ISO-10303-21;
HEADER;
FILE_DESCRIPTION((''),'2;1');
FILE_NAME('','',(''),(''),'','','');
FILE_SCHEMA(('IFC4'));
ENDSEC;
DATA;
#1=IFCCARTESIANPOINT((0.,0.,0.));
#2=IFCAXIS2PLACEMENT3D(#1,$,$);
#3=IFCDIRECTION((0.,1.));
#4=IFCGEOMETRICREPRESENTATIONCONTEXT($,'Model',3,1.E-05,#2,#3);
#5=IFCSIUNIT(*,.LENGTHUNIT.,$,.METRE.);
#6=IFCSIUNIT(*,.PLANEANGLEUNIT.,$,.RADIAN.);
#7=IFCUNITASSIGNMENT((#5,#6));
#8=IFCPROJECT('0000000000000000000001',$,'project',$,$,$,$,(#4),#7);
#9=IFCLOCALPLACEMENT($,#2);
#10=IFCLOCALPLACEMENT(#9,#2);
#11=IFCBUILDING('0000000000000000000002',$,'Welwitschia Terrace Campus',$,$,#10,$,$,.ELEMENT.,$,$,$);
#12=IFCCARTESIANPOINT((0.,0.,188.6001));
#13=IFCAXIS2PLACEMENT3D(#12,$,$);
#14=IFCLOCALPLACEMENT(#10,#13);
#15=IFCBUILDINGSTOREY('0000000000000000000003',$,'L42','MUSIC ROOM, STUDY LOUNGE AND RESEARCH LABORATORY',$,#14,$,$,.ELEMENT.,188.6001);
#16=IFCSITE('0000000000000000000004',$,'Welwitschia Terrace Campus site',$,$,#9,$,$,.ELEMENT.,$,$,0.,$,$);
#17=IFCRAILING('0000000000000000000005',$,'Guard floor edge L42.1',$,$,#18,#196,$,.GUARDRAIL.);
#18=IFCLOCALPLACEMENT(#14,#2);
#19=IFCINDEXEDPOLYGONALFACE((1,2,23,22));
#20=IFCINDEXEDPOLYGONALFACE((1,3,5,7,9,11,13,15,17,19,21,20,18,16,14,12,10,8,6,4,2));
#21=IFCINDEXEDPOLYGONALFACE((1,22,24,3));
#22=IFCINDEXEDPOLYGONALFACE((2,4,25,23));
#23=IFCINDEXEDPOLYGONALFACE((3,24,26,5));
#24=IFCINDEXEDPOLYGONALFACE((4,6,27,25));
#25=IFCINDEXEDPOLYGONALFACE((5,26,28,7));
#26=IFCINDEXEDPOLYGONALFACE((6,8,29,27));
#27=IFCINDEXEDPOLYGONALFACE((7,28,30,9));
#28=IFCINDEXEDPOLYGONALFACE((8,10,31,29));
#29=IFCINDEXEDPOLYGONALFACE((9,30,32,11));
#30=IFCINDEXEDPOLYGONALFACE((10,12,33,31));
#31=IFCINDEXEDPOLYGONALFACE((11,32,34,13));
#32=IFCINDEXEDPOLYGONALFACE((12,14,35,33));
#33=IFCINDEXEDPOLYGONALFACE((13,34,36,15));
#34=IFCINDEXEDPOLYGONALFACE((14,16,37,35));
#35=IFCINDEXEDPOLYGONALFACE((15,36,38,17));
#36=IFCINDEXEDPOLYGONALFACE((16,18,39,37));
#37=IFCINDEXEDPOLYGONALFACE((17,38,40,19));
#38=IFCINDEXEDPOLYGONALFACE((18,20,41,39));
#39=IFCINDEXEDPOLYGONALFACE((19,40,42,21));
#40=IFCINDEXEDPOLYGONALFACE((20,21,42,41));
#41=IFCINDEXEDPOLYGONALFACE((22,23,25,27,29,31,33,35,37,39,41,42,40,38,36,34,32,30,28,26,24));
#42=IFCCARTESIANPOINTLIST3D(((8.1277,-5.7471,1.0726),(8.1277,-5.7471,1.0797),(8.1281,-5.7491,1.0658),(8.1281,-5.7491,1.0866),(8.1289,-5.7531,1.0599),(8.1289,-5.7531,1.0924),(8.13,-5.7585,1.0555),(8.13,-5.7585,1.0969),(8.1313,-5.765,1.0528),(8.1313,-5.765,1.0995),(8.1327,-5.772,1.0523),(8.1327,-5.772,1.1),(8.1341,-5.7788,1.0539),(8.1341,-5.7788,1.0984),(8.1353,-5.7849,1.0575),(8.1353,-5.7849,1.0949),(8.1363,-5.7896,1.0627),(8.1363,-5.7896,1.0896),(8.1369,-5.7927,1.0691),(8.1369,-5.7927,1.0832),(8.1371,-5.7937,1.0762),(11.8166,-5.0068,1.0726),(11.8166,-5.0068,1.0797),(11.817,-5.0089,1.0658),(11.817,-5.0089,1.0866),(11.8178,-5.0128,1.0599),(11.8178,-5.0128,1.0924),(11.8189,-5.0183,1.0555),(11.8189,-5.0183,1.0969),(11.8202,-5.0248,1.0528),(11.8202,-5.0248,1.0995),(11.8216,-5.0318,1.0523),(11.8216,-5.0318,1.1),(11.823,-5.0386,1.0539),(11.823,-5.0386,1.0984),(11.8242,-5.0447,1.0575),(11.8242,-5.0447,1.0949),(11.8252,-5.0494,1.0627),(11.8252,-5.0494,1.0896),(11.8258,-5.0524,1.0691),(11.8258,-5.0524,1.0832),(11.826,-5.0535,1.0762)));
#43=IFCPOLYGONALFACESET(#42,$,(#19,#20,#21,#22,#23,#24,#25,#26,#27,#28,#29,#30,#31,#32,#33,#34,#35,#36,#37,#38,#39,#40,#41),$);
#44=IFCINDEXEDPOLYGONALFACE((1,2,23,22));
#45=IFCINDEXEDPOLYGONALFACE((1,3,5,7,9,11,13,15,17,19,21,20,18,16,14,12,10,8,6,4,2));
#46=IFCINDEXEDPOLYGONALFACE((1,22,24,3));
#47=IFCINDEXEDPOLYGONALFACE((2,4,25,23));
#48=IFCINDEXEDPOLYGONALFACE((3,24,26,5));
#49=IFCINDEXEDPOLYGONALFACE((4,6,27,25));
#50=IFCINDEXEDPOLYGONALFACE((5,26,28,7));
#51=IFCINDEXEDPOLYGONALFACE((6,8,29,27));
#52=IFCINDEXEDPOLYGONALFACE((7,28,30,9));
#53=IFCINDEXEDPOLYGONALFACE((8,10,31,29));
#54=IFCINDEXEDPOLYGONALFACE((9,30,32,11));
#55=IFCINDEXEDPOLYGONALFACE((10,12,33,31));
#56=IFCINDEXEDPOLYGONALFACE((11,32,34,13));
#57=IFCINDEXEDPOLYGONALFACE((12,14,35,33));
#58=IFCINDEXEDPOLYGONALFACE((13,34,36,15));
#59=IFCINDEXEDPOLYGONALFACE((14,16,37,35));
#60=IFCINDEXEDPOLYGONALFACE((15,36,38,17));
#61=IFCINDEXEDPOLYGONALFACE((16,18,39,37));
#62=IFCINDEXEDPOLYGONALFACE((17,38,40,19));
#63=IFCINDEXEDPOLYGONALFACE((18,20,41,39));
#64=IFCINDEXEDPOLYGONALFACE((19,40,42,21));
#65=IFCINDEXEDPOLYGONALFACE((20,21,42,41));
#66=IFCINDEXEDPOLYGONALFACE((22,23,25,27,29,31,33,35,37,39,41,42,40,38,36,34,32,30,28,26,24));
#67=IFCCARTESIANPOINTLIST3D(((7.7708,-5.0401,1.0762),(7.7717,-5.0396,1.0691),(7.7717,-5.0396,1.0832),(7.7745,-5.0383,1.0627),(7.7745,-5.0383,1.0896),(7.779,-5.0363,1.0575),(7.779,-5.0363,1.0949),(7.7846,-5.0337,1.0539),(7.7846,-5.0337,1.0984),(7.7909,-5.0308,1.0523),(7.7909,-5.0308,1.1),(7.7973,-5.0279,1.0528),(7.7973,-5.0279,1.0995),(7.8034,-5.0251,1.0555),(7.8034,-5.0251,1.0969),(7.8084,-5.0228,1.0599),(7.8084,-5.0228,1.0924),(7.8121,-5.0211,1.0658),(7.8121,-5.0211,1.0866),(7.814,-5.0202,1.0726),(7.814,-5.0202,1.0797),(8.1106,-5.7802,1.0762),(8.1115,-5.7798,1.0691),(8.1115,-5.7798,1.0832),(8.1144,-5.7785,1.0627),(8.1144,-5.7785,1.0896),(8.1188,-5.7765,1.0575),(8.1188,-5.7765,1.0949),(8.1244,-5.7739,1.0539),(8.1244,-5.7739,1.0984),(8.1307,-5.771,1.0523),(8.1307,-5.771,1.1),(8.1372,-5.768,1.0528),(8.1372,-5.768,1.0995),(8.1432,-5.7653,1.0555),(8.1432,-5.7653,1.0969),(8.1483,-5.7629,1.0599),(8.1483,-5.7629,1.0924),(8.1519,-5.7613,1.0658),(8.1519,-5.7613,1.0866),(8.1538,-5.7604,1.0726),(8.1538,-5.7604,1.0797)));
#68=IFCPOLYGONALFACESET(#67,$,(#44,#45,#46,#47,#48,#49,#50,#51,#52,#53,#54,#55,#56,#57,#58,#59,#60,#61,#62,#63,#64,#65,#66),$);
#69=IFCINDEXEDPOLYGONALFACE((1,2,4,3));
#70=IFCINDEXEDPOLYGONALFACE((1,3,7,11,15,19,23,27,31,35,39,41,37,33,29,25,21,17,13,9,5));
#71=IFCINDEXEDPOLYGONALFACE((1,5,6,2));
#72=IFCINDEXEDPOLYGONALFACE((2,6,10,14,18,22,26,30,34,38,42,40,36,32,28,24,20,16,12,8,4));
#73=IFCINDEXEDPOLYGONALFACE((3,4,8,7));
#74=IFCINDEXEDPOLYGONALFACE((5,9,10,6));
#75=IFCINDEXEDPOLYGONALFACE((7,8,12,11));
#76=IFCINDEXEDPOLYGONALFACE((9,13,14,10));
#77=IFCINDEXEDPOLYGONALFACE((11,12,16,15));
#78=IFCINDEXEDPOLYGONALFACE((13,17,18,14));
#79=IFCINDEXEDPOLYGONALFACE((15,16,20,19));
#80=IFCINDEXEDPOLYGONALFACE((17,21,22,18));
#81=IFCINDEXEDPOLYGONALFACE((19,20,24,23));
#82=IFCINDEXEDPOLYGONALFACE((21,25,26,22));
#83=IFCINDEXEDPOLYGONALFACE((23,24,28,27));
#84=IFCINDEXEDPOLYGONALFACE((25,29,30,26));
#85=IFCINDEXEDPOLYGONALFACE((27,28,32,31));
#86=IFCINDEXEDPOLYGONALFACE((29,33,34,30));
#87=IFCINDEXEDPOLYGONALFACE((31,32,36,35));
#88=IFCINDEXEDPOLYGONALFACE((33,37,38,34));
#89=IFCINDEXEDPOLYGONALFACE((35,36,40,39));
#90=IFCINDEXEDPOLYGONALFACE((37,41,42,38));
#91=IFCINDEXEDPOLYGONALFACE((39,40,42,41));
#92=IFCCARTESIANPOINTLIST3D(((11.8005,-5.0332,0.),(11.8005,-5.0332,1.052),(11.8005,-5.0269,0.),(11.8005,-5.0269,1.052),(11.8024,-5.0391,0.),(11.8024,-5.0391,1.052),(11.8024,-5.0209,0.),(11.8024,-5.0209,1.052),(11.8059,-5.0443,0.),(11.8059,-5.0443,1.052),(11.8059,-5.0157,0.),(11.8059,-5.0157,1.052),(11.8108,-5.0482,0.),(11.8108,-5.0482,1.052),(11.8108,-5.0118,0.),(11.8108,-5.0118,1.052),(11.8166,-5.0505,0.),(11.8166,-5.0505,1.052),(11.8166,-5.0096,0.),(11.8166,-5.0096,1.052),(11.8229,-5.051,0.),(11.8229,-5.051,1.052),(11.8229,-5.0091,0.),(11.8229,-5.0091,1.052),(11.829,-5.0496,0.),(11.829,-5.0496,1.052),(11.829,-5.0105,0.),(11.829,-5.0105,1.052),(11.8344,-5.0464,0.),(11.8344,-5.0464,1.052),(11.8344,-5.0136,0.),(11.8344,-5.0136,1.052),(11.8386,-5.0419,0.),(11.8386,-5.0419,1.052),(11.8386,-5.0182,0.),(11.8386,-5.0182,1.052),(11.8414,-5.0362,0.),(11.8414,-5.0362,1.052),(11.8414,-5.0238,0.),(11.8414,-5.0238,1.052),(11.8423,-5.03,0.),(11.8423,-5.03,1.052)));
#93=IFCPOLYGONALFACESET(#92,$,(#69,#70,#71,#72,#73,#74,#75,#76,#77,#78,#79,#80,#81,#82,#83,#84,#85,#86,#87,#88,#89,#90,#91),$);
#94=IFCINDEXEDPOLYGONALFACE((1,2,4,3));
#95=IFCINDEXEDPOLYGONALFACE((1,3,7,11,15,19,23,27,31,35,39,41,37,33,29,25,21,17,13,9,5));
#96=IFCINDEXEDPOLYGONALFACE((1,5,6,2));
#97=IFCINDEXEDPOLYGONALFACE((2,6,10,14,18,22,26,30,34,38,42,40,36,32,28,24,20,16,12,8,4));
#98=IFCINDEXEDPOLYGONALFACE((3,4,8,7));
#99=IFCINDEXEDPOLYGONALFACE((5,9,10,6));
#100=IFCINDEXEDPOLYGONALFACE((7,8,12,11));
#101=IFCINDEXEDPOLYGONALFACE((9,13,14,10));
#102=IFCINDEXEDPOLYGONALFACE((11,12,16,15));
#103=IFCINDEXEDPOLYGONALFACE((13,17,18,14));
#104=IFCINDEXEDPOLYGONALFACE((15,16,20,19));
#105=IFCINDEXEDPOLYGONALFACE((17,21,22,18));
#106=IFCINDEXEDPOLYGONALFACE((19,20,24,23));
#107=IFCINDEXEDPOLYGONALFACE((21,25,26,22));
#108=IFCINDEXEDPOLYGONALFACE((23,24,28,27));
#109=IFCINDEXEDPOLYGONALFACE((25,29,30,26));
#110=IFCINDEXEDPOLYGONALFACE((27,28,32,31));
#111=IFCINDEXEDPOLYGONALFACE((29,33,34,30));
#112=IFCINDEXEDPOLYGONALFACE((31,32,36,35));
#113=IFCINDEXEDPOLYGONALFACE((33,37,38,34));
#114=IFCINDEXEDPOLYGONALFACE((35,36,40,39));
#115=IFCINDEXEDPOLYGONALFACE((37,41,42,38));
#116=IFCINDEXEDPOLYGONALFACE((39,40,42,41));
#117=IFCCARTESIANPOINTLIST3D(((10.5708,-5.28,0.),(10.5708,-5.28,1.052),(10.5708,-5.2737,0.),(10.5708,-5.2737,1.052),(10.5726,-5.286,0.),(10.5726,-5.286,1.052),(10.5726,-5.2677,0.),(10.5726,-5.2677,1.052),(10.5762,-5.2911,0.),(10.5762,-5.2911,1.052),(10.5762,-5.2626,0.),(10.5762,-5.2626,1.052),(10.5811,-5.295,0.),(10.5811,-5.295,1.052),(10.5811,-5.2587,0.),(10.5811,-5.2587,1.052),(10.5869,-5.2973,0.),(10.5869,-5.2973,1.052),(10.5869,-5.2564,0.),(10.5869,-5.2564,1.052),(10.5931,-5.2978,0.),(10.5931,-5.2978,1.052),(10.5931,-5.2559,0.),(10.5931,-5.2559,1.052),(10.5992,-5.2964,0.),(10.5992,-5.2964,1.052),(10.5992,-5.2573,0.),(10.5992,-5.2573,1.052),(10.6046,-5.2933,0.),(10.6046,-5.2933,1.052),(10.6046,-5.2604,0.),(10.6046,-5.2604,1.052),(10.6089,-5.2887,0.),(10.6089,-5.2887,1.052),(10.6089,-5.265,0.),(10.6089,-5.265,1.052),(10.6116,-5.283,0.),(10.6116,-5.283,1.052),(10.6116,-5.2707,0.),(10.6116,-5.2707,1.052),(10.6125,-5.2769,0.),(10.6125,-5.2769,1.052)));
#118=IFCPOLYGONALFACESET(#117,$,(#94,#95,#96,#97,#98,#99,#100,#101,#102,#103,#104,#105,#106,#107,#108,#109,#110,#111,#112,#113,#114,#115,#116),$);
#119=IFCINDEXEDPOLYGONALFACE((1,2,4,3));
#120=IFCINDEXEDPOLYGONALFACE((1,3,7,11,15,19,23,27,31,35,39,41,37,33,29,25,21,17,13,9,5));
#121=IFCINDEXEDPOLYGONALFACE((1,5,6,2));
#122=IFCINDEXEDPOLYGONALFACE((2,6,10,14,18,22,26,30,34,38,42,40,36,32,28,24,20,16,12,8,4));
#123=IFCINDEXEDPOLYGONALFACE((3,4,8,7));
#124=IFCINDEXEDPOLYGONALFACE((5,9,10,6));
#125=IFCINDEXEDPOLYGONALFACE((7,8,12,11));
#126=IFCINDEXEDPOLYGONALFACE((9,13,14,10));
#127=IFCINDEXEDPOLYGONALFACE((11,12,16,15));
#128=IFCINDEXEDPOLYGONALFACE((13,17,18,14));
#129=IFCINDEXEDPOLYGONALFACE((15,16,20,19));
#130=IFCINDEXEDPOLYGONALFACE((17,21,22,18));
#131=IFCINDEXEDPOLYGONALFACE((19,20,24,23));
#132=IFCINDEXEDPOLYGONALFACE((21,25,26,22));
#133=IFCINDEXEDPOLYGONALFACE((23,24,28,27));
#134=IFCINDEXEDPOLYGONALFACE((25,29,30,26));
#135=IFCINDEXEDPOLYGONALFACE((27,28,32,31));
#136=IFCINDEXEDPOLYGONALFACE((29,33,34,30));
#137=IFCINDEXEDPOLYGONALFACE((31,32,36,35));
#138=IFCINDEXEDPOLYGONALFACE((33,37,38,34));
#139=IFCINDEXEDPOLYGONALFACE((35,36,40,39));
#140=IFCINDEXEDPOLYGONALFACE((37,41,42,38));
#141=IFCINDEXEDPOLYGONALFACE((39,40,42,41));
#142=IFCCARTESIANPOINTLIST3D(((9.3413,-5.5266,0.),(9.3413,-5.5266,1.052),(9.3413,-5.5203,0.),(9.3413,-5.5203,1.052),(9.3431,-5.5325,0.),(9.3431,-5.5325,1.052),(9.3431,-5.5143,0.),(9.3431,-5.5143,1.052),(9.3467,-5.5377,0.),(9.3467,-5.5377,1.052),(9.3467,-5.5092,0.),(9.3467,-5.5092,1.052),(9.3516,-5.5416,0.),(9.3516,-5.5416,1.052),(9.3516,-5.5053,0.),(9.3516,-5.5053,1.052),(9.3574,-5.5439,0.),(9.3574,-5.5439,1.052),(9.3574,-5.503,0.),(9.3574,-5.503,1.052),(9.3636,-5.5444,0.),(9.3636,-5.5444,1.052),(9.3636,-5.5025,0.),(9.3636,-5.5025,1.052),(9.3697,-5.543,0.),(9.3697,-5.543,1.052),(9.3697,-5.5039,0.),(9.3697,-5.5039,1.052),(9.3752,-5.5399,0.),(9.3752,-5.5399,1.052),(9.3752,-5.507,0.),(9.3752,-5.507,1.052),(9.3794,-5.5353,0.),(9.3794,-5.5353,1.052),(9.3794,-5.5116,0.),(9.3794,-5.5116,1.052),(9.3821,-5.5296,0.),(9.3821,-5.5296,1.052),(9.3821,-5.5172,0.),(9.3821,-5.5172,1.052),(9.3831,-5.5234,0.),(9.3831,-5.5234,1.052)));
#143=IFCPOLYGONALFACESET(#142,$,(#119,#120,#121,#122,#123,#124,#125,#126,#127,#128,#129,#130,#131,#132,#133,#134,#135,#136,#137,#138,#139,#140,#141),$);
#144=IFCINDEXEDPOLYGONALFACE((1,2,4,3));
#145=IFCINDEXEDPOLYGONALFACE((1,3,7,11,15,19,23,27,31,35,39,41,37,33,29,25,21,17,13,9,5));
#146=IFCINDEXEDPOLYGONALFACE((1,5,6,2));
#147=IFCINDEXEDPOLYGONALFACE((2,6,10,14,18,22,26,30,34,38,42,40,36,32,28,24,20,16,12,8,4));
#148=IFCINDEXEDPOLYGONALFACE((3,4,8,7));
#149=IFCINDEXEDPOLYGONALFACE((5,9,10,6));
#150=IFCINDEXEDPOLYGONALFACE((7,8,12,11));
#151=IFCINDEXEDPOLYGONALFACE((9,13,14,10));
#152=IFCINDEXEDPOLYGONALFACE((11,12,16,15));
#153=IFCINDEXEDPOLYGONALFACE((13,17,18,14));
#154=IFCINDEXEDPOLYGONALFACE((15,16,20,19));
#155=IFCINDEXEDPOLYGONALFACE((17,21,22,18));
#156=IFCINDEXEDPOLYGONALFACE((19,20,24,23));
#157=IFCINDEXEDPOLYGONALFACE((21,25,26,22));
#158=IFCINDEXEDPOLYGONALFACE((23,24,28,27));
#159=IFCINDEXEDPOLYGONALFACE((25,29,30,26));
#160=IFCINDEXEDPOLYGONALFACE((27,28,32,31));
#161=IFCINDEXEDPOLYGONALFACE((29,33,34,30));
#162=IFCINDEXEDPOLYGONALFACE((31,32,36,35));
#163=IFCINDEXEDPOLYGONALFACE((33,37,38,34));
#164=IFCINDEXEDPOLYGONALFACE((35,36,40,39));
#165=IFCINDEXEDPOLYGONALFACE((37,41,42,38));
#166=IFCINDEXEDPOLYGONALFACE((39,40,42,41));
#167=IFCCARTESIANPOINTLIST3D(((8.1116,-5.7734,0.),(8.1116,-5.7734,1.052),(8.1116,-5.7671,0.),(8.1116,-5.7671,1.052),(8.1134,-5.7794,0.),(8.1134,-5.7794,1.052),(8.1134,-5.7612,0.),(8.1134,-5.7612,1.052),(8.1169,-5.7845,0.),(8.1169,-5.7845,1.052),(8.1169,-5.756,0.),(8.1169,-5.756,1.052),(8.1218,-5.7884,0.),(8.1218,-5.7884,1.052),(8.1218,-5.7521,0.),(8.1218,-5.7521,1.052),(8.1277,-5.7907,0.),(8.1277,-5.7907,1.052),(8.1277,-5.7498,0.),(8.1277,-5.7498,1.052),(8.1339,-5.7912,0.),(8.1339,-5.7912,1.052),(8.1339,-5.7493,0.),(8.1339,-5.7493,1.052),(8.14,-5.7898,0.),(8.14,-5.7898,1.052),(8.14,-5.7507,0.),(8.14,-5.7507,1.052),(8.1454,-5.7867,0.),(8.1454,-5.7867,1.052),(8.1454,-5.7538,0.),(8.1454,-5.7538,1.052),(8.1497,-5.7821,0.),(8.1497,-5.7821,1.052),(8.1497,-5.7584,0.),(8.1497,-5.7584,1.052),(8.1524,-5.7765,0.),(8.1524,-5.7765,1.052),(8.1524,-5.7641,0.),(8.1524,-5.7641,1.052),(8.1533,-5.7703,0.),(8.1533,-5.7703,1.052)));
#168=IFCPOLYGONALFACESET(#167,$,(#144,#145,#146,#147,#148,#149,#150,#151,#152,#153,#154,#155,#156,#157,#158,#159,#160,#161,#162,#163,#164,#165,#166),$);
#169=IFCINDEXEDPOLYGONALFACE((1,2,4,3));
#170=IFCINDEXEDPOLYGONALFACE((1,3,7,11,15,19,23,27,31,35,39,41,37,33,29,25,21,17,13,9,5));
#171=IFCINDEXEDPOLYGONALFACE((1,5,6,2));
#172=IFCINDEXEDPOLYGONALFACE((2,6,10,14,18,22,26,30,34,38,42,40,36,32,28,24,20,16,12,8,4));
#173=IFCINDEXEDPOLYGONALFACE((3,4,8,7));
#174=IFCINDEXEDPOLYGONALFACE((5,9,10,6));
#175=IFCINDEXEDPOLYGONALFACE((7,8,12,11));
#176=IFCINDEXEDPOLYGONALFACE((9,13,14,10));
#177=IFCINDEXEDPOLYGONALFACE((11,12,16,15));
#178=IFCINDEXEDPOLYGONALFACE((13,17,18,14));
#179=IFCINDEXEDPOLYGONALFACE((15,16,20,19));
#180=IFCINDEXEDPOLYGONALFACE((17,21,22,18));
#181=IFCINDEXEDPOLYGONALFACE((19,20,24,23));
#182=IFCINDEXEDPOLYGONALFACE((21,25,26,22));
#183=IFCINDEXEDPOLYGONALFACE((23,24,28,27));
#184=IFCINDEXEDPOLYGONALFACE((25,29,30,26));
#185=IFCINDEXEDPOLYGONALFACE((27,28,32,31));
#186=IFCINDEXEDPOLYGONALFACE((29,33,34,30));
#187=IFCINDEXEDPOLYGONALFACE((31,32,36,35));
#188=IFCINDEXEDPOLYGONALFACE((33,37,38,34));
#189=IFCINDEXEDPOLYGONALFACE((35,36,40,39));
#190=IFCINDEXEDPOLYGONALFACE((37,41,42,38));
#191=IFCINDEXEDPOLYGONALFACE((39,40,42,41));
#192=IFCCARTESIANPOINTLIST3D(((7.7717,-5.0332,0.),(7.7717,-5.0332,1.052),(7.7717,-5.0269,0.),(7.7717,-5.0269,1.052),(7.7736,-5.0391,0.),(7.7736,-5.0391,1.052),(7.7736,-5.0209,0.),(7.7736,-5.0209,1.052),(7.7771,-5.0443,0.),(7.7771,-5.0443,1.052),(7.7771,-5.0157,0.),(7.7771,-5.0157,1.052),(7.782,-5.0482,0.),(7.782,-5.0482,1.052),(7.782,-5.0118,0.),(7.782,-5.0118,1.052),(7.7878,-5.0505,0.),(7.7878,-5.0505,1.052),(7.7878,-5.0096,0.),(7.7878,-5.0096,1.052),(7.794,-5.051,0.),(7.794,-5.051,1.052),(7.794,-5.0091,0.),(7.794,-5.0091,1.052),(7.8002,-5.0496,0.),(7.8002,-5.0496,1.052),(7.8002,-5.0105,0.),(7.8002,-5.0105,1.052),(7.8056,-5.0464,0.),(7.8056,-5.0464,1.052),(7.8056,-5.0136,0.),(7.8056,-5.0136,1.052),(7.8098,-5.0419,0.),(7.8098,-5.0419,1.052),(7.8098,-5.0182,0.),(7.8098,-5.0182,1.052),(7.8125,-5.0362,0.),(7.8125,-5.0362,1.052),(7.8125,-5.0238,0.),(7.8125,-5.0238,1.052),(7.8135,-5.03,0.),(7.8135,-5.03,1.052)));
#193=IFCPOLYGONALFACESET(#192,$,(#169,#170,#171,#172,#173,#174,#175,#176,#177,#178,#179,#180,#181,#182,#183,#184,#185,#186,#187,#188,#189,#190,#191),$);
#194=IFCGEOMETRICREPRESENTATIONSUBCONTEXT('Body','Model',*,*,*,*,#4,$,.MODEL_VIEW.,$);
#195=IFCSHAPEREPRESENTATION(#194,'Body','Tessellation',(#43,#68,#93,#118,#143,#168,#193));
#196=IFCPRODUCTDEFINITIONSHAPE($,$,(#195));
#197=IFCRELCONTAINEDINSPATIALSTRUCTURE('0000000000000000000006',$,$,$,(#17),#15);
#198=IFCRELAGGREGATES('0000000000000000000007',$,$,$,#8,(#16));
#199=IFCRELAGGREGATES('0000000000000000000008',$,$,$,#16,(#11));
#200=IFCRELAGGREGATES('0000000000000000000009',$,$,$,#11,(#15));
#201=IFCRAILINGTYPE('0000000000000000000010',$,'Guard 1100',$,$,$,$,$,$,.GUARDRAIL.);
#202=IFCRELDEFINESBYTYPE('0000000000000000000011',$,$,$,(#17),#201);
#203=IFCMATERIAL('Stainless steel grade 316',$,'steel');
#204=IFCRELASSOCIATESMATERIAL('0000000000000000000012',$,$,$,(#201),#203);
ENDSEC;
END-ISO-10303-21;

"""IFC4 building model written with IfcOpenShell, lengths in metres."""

from ifc_helpers import new_model, si_unit, direction, frame, origin, origin_2d, place, context, subcontext, project, spatial, circle, extrude, material, type_object, element, save


model = new_model("IFC4")

# Units and contexts
model_context = context("Model", 3, precision=1e-05, world=origin(), true_north=direction((0.0, 1.0)))
body_context = subcontext(model_context, "Body", "Model", "MODEL_VIEW")
ifc_project = project(units=[si_unit("LENGTHUNIT", "METRE"), si_unit("PLANEANGLEUNIT", "RADIAN")], contexts=[model_context])

# Site, building, storey
site_placement = place(None, origin())
site = spatial("IfcSite", under=ifc_project, at=site_placement, Name="Welwitschia Terrace Campus site", CompositionType="ELEMENT", RefElevation=0.0)
building_placement = place(site_placement, origin())
building = spatial("IfcBuilding", under=site, at=building_placement, Name="Welwitschia Terrace Campus", CompositionType="ELEMENT")
storey_placement = place(building_placement, frame((0.0, 0.0, 188.6001)))
storey = spatial("IfcBuildingStorey", under=building, at=storey_placement, Name="L42", Description="MUSIC ROOM, STUDY LOUNGE AND RESEARCH LABORATORY", CompositionType="ELEMENT", Elevation=188.6001)

# Railing
ifc_material_1 = material(Name="Stainless steel grade 316", Category="steel")
railing_type_1 = type_object("IfcRailingType", Name="Guard 1100", PredefinedType="GUARDRAIL", material=ifc_material_1)
railing_1_placement = place(storey_placement, frame((11.8213, -5.03, 0.0)))
element("IfcRailing", 1, at=railing_1_placement, inside=storey, type_object=railing_type_1, Name="Guard floor edge L42.1", PredefinedType="GUARDRAIL", context=body_context, shape_type="SweptSolid", body=[
    extrude(circle(Radius=0.0239, at=origin_2d()), frame((0.0, 0.0, 1.0762), z_axis=(-0.980456, -0.19674, 0.0), x_axis=(0.19674, -0.980456, 0.0)), (0.0, 0.0, 1.0), 3.7625),
    extrude(circle(Radius=0.0239, at=origin_2d()), frame((-3.689, -0.7402, 1.0762), z_axis=(-0.417233, 0.9088, 0.0), x_axis=(-0.9088, -0.417233, 0.0)), (0.0, 0.0, 1.0), 0.8145),
    extrude(circle(Radius=0.021, at=origin_2d()), origin(), (0.0, 0.0, 1.0), 1.052),
    extrude(circle(Radius=0.021, at=origin_2d()), frame((-1.2297, -0.2468, 0.0)), (0.0, 0.0, 1.0), 1.052),
    extrude(circle(Radius=0.021, at=origin_2d()), frame((-2.4592, -0.4934, 0.0)), (0.0, 0.0, 1.0), 1.052),
    extrude(circle(Radius=0.021, at=origin_2d()), frame((-3.689, -0.7402, 0.0)), (0.0, 0.0, 1.0), 1.052),
    extrude(circle(Radius=0.021, at=origin_2d()), frame((-4.0288, 0.0, 0.0)), (0.0, 0.0, 1.0), 1.052),
])

save(model, "model.ifc")
